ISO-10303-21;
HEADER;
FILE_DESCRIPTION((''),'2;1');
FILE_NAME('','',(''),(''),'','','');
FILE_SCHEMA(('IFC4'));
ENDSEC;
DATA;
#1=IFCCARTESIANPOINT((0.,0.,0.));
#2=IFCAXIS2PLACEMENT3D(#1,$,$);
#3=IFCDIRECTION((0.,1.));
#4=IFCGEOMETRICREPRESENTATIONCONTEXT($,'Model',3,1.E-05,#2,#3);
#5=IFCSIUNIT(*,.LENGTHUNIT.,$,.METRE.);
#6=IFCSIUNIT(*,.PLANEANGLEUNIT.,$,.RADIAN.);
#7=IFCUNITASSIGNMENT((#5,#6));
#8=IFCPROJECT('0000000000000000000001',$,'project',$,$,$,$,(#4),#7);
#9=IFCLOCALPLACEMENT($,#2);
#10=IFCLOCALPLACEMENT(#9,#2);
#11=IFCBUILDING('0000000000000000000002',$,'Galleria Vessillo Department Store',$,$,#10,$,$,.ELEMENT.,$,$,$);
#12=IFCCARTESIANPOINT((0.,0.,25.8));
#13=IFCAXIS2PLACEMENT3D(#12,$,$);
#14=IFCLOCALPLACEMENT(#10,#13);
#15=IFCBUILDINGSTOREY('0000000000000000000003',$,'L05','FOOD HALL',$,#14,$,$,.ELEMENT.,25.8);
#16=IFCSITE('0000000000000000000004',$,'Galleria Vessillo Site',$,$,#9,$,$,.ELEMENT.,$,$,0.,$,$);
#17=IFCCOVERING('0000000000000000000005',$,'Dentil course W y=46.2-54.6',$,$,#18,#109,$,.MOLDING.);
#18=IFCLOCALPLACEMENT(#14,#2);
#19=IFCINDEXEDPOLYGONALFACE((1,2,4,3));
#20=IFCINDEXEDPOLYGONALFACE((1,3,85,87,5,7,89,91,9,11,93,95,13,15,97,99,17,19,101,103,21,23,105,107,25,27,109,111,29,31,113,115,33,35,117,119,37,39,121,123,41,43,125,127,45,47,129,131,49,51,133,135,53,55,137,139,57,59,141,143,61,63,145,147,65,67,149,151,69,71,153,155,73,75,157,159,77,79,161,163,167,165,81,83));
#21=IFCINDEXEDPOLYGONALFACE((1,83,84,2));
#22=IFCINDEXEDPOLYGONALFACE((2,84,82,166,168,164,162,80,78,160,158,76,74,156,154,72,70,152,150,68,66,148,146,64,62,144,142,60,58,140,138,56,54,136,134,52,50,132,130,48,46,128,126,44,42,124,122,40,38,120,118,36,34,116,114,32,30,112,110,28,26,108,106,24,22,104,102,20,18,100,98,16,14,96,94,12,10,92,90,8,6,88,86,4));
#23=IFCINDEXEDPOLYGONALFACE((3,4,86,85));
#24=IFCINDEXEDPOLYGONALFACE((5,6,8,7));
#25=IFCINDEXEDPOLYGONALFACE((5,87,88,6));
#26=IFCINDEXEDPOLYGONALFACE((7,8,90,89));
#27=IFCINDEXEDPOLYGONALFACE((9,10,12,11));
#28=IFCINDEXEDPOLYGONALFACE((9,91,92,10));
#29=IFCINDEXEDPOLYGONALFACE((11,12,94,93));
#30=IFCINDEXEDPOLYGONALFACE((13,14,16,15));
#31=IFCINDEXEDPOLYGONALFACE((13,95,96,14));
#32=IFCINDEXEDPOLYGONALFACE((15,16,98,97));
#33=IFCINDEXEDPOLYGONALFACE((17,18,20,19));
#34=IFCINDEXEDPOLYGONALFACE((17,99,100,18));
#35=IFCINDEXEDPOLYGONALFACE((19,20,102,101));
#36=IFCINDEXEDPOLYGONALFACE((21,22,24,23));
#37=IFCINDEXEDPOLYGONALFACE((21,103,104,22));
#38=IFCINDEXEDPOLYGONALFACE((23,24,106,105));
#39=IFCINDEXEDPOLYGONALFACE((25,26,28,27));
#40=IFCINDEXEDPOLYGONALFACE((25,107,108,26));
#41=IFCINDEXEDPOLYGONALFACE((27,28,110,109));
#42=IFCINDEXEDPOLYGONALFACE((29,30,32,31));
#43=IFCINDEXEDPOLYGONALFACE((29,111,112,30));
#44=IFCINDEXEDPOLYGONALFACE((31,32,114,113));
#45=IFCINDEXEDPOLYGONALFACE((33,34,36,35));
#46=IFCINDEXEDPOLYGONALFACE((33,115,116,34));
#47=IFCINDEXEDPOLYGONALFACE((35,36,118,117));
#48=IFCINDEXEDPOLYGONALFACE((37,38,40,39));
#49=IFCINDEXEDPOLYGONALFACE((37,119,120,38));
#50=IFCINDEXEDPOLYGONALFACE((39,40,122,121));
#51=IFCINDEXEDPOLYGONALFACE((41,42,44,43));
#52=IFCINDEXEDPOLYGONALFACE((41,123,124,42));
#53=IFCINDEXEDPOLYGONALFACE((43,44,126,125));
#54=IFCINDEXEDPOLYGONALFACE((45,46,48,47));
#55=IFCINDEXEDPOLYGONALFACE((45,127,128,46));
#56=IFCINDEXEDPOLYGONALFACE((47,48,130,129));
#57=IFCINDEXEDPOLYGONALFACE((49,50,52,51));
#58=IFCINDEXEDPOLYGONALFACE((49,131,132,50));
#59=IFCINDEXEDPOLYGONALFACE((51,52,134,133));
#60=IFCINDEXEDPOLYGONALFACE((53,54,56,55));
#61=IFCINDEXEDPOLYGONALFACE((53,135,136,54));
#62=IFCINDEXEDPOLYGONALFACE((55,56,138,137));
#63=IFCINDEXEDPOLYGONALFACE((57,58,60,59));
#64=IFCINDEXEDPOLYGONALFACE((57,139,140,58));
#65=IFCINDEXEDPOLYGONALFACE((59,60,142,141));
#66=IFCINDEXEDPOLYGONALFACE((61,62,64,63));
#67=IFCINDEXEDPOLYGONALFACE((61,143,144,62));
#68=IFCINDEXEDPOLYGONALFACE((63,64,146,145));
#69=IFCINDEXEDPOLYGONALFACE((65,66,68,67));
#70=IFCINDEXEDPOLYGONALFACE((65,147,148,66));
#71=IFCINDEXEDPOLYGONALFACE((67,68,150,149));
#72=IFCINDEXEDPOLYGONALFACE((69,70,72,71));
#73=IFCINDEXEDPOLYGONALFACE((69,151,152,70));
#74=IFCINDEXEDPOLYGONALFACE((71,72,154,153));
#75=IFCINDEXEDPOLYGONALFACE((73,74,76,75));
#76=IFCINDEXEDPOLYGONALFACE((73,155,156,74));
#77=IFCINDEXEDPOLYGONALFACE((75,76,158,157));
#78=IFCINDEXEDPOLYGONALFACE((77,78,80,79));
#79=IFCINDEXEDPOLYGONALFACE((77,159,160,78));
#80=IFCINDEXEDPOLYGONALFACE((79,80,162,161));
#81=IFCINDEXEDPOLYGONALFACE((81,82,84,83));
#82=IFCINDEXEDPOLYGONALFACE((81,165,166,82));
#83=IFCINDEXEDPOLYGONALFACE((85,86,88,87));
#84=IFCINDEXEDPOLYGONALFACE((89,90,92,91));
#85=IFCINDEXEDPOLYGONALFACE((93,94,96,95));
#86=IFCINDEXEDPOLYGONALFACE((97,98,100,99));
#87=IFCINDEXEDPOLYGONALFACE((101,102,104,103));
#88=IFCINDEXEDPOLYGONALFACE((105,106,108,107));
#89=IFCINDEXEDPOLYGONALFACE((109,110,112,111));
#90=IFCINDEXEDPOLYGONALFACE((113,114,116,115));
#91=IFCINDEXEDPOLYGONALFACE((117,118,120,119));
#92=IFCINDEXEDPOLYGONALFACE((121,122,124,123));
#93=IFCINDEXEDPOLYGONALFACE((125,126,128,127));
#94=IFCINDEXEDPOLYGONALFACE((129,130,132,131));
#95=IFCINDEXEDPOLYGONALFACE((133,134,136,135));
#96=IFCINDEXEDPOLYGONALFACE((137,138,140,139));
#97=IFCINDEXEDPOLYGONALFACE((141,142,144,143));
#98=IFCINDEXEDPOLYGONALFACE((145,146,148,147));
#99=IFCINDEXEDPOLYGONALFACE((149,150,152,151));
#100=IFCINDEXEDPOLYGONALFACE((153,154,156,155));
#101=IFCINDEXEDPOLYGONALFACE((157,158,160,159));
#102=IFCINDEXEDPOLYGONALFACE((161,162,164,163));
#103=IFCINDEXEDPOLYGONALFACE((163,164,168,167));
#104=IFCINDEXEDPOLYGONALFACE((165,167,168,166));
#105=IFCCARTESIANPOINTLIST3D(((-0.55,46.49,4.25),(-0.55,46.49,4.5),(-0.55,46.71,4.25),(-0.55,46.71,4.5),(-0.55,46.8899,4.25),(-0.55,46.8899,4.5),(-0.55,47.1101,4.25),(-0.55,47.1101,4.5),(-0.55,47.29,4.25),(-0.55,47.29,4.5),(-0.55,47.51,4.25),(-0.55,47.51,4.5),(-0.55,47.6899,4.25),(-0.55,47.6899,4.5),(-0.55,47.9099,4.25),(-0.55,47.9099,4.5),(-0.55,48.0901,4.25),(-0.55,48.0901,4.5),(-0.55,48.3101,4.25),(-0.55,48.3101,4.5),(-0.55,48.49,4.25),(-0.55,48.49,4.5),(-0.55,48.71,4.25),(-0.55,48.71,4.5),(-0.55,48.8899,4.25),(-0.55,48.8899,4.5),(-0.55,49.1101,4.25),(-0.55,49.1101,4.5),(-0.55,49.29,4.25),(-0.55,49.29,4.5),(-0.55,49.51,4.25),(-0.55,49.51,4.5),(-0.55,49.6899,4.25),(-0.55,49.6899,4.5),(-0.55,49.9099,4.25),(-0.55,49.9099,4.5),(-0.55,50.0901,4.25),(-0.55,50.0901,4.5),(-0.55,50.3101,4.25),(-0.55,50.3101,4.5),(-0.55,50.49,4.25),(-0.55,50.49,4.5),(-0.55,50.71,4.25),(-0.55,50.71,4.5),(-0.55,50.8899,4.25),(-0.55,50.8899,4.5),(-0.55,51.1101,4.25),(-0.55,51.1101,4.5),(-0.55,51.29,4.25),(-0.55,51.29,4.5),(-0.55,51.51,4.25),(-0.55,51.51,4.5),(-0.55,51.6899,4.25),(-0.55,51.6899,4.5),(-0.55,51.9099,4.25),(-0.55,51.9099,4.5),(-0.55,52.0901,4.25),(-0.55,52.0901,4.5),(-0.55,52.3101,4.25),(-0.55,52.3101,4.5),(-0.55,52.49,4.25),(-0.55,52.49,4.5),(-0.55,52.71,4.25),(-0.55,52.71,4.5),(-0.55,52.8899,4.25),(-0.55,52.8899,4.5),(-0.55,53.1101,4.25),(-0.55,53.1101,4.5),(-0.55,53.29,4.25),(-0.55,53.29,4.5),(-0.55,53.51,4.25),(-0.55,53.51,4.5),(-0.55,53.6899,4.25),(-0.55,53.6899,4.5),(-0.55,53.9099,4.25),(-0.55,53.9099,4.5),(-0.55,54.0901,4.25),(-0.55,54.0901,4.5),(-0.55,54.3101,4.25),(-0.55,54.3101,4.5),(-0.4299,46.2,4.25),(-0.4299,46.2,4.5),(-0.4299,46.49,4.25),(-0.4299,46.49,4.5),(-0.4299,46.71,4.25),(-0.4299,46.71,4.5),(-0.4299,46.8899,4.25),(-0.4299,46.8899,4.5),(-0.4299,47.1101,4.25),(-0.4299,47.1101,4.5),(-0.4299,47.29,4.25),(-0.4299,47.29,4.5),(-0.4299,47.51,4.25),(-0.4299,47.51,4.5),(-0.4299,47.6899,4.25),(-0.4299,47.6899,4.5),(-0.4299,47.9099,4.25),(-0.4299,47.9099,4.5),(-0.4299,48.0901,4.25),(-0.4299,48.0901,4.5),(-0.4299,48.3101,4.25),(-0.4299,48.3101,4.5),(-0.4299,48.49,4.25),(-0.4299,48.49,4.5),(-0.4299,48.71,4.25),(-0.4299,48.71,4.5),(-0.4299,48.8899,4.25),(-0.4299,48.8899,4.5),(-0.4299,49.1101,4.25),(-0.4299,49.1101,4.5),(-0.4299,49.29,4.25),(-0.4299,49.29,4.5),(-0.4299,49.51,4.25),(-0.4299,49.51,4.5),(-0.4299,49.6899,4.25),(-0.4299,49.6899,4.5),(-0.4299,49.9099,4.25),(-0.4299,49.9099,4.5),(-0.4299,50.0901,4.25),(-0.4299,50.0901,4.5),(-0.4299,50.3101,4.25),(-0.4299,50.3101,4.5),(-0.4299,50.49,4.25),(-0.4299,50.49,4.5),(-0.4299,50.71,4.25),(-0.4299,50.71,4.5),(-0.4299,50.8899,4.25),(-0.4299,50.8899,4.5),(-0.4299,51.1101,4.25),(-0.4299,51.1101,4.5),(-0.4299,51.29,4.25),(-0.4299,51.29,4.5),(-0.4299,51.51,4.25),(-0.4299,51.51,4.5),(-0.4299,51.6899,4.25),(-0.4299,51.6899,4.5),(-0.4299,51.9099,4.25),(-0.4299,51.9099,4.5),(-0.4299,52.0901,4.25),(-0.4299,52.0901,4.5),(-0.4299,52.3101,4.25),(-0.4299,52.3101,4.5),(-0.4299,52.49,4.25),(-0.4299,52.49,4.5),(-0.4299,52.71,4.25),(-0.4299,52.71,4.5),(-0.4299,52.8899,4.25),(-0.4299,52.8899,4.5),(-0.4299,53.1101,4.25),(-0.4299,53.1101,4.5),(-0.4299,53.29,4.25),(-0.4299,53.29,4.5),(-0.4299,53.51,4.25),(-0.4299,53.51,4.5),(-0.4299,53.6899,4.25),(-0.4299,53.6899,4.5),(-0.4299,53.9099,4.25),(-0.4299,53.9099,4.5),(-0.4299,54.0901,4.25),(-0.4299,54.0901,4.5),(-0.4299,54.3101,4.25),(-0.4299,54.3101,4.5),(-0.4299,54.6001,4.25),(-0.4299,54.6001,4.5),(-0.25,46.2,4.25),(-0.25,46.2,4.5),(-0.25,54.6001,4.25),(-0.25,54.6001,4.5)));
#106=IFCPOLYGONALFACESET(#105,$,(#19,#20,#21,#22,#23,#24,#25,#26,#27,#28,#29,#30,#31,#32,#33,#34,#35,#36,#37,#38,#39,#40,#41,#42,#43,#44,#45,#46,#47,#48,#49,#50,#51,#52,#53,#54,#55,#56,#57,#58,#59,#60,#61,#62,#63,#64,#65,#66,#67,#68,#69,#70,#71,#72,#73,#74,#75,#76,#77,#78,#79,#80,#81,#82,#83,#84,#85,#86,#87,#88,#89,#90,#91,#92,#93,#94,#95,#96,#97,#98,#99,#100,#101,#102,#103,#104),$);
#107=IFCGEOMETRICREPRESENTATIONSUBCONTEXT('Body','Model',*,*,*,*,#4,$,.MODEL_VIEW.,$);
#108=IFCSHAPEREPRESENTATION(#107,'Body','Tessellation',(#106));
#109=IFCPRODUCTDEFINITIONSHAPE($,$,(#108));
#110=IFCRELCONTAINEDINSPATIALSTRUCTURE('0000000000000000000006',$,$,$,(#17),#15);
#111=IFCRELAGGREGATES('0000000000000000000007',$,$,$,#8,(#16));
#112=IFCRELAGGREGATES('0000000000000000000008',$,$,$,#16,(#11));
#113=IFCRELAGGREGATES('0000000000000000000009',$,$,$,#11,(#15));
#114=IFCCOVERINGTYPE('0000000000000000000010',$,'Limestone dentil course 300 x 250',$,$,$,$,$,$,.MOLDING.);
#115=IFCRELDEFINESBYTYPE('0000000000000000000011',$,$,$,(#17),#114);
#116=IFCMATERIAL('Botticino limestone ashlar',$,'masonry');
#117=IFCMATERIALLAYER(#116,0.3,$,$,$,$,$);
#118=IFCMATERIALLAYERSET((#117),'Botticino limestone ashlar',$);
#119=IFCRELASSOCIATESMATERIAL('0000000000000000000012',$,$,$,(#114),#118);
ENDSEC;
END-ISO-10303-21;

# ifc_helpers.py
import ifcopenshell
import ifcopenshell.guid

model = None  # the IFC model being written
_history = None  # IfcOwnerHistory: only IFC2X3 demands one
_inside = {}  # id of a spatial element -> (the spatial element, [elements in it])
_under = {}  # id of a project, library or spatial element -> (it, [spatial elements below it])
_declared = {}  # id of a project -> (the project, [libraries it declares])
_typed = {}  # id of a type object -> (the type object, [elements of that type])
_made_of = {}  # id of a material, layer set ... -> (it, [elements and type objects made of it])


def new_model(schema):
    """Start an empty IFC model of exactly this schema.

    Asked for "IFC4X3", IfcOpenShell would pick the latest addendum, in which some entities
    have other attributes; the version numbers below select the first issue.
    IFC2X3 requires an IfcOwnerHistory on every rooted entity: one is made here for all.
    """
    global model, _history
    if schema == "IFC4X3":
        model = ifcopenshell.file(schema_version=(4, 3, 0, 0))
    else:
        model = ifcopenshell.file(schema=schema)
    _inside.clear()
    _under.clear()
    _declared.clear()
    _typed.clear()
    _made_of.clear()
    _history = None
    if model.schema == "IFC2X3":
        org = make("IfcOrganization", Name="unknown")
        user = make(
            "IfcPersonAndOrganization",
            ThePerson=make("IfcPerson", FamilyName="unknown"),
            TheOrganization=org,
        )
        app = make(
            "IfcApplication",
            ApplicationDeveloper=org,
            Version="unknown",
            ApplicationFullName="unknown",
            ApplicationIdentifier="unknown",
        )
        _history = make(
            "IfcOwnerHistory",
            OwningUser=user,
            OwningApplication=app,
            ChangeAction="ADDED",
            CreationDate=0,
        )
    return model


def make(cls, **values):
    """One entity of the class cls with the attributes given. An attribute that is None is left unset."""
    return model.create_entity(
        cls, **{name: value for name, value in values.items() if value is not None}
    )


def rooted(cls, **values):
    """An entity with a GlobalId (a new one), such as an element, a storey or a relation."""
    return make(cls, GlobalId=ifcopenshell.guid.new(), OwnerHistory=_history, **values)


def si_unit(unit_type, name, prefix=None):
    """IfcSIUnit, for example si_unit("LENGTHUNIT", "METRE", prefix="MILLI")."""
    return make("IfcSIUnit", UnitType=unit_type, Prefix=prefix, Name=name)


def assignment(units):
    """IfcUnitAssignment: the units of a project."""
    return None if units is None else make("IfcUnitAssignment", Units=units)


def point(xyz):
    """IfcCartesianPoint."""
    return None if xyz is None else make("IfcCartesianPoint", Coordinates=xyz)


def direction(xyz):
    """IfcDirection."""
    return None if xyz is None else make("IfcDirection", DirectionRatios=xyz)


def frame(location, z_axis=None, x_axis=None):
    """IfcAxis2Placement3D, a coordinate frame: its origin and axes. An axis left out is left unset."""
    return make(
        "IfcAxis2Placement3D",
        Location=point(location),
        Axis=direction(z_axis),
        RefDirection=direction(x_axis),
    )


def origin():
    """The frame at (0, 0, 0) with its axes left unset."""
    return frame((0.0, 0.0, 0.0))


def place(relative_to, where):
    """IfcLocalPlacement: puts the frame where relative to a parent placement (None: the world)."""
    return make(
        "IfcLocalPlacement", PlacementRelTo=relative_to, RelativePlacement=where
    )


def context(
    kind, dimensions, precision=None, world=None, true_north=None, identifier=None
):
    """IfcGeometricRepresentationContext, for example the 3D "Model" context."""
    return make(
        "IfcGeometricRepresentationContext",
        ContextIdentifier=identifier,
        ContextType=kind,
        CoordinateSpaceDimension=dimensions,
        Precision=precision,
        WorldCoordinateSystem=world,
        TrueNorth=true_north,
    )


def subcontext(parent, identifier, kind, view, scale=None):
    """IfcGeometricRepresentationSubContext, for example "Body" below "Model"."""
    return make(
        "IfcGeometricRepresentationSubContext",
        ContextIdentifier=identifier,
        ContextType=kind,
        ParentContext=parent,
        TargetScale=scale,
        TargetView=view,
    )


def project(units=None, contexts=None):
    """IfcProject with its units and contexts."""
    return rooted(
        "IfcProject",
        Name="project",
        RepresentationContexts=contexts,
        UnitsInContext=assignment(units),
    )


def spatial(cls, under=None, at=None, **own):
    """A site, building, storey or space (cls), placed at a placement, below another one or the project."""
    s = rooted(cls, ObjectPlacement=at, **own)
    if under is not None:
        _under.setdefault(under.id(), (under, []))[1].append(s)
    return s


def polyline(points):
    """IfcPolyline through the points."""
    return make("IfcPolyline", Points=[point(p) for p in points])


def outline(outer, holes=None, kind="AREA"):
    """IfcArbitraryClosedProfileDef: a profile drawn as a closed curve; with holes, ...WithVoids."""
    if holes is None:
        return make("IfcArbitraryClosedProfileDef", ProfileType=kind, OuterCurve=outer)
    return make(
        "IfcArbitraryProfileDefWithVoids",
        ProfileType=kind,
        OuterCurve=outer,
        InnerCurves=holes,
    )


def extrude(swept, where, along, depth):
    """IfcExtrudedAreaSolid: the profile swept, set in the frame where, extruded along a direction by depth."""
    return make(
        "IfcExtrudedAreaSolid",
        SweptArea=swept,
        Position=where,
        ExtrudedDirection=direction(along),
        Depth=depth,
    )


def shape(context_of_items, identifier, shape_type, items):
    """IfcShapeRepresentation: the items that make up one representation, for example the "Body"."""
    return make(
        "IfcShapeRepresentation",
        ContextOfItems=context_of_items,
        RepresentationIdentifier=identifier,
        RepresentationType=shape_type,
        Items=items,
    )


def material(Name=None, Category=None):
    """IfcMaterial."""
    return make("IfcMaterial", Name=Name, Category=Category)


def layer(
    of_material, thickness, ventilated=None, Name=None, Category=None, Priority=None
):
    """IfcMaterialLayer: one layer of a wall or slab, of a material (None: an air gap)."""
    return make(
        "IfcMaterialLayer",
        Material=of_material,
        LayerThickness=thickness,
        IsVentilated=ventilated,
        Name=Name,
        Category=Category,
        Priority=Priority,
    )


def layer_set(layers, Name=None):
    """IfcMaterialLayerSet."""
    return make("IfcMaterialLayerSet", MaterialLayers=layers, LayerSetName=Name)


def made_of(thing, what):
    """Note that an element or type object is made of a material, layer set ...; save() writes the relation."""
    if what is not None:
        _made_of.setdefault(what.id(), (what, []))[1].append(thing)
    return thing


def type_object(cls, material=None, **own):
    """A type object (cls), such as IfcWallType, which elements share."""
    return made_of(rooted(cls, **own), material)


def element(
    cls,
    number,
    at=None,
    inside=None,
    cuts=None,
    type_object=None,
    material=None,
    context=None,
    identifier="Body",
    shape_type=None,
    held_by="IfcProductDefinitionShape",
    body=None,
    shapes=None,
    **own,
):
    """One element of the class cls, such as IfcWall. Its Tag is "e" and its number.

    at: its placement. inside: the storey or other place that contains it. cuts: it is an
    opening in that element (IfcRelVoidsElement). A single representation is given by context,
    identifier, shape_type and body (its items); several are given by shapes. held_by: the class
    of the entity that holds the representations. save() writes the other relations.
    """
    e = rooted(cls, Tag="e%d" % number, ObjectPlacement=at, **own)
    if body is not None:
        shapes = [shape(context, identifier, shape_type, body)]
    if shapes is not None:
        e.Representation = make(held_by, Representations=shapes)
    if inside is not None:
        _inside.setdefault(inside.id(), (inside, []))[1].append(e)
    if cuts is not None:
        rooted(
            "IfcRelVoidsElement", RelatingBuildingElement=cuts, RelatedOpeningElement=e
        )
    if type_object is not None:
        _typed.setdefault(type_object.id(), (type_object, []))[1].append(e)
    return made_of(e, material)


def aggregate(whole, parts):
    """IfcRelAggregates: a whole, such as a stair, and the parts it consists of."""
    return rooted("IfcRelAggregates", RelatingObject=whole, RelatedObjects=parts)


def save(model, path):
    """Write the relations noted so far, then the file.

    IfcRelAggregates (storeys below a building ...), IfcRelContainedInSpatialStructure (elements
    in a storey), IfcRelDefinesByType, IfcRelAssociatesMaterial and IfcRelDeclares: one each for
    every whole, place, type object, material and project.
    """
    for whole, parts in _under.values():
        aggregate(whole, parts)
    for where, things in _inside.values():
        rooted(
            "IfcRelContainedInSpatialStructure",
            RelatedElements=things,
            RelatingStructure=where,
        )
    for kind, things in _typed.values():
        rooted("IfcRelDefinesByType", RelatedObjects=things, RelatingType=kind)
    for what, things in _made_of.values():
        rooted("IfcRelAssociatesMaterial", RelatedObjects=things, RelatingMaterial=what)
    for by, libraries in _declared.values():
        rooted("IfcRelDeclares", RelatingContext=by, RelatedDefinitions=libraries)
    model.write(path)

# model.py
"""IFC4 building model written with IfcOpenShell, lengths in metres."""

from ifc_helpers import new_model, si_unit, direction, frame, origin, place, context, subcontext, project, spatial, polyline, outline, extrude, material, layer, layer_set, type_object, element, save


model = new_model("IFC4")

# Units and contexts
model_context = context("Model", 3, precision=1e-05, world=origin(), true_north=direction((0.0, 1.0)))
body_context = subcontext(model_context, "Body", "Model", "MODEL_VIEW")
ifc_project = project(units=[si_unit("LENGTHUNIT", "METRE"), si_unit("PLANEANGLEUNIT", "RADIAN")], contexts=[model_context])

# Site, building, storey
site_placement = place(None, origin())
site = spatial("IfcSite", under=ifc_project, at=site_placement, Name="Galleria Vessillo Site", CompositionType="ELEMENT", RefElevation=0.0)
building_placement = place(site_placement, origin())
building = spatial("IfcBuilding", under=site, at=building_placement, Name="Galleria Vessillo Department Store", CompositionType="ELEMENT")
storey_placement = place(building_placement, frame((0.0, 0.0, 25.8)))
storey = spatial("IfcBuildingStorey", under=building, at=storey_placement, Name="L05", Description="FOOD HALL", CompositionType="ELEMENT", Elevation=25.8)

# Covering
ifc_material_1 = material(Name="Botticino limestone ashlar", Category="masonry")
ifc_layer_1 = layer(ifc_material_1, 0.3)
ifc_layer_set_1 = layer_set([ifc_layer_1], Name="Botticino limestone ashlar")
covering_type = type_object("IfcCoveringType", Name="Limestone dentil course 300 x 250", PredefinedType="MOLDING", material=ifc_layer_set_1)
covering_1_placement = place(storey_placement, frame((0.0, 0.0, 4.25)))
element("IfcCovering", 1, at=covering_1_placement, inside=storey, type_object=covering_type, Name="Dentil course W y=46.2-54.6", PredefinedType="MOLDING", context=body_context, shape_type="SweptSolid", body=[
    extrude(outline(polyline([(-0.25, 46.2), (-0.4299, 46.2), (-0.4299, 46.49), (-0.55, 46.49), (-0.55, 46.71), (-0.4299, 46.71), (-0.4299, 46.8899), (-0.55, 46.8899), (-0.55, 47.1101), (-0.4299, 47.1101), (-0.4299, 47.29), (-0.55, 47.29), (-0.55, 47.51), (-0.4299, 47.51), (-0.4299, 47.6899), (-0.55, 47.6899), (-0.55, 47.9099), (-0.4299, 47.9099), (-0.4299, 48.0901), (-0.55, 48.0901), (-0.55, 48.3101), (-0.4299, 48.3101), (-0.4299, 48.49), (-0.55, 48.49), (-0.55, 48.71), (-0.4299, 48.71), (-0.4299, 48.8899), (-0.55, 48.8899), (-0.55, 49.1101), (-0.4299, 49.1101), (-0.4299, 49.29), (-0.55, 49.29), (-0.55, 49.51), (-0.4299, 49.51), (-0.4299, 49.6899), (-0.55, 49.6899), (-0.55, 49.9099), (-0.4299, 49.9099), (-0.4299, 50.0901), (-0.55, 50.0901), (-0.55, 50.3101), (-0.4299, 50.3101), (-0.4299, 50.49), (-0.55, 50.49), (-0.55, 50.71), (-0.4299, 50.71), (-0.4299, 50.8899), (-0.55, 50.8899), (-0.55, 51.1101), (-0.4299, 51.1101), (-0.4299, 51.29), (-0.55, 51.29), (-0.55, 51.51), (-0.4299, 51.51), (-0.4299, 51.6899), (-0.55, 51.6899), (-0.55, 51.9099), (-0.4299, 51.9099), (-0.4299, 52.0901), (-0.55, 52.0901), (-0.55, 52.3101), (-0.4299, 52.3101), (-0.4299, 52.49), (-0.55, 52.49), (-0.55, 52.71), (-0.4299, 52.71), (-0.4299, 52.8899), (-0.55, 52.8899), (-0.55, 53.1101), (-0.4299, 53.1101), (-0.4299, 53.29), (-0.55, 53.29), (-0.55, 53.51), (-0.4299, 53.51), (-0.4299, 53.6899), (-0.55, 53.6899), (-0.55, 53.9099), (-0.4299, 53.9099), (-0.4299, 54.0901), (-0.55, 54.0901), (-0.55, 54.3101), (-0.4299, 54.3101), (-0.4299, 54.6001), (-0.25, 54.6001), (-0.25, 46.2)])), origin(), (0.0, 0.0, 1.0), 0.25),
])

save(model, "model.ifc")
